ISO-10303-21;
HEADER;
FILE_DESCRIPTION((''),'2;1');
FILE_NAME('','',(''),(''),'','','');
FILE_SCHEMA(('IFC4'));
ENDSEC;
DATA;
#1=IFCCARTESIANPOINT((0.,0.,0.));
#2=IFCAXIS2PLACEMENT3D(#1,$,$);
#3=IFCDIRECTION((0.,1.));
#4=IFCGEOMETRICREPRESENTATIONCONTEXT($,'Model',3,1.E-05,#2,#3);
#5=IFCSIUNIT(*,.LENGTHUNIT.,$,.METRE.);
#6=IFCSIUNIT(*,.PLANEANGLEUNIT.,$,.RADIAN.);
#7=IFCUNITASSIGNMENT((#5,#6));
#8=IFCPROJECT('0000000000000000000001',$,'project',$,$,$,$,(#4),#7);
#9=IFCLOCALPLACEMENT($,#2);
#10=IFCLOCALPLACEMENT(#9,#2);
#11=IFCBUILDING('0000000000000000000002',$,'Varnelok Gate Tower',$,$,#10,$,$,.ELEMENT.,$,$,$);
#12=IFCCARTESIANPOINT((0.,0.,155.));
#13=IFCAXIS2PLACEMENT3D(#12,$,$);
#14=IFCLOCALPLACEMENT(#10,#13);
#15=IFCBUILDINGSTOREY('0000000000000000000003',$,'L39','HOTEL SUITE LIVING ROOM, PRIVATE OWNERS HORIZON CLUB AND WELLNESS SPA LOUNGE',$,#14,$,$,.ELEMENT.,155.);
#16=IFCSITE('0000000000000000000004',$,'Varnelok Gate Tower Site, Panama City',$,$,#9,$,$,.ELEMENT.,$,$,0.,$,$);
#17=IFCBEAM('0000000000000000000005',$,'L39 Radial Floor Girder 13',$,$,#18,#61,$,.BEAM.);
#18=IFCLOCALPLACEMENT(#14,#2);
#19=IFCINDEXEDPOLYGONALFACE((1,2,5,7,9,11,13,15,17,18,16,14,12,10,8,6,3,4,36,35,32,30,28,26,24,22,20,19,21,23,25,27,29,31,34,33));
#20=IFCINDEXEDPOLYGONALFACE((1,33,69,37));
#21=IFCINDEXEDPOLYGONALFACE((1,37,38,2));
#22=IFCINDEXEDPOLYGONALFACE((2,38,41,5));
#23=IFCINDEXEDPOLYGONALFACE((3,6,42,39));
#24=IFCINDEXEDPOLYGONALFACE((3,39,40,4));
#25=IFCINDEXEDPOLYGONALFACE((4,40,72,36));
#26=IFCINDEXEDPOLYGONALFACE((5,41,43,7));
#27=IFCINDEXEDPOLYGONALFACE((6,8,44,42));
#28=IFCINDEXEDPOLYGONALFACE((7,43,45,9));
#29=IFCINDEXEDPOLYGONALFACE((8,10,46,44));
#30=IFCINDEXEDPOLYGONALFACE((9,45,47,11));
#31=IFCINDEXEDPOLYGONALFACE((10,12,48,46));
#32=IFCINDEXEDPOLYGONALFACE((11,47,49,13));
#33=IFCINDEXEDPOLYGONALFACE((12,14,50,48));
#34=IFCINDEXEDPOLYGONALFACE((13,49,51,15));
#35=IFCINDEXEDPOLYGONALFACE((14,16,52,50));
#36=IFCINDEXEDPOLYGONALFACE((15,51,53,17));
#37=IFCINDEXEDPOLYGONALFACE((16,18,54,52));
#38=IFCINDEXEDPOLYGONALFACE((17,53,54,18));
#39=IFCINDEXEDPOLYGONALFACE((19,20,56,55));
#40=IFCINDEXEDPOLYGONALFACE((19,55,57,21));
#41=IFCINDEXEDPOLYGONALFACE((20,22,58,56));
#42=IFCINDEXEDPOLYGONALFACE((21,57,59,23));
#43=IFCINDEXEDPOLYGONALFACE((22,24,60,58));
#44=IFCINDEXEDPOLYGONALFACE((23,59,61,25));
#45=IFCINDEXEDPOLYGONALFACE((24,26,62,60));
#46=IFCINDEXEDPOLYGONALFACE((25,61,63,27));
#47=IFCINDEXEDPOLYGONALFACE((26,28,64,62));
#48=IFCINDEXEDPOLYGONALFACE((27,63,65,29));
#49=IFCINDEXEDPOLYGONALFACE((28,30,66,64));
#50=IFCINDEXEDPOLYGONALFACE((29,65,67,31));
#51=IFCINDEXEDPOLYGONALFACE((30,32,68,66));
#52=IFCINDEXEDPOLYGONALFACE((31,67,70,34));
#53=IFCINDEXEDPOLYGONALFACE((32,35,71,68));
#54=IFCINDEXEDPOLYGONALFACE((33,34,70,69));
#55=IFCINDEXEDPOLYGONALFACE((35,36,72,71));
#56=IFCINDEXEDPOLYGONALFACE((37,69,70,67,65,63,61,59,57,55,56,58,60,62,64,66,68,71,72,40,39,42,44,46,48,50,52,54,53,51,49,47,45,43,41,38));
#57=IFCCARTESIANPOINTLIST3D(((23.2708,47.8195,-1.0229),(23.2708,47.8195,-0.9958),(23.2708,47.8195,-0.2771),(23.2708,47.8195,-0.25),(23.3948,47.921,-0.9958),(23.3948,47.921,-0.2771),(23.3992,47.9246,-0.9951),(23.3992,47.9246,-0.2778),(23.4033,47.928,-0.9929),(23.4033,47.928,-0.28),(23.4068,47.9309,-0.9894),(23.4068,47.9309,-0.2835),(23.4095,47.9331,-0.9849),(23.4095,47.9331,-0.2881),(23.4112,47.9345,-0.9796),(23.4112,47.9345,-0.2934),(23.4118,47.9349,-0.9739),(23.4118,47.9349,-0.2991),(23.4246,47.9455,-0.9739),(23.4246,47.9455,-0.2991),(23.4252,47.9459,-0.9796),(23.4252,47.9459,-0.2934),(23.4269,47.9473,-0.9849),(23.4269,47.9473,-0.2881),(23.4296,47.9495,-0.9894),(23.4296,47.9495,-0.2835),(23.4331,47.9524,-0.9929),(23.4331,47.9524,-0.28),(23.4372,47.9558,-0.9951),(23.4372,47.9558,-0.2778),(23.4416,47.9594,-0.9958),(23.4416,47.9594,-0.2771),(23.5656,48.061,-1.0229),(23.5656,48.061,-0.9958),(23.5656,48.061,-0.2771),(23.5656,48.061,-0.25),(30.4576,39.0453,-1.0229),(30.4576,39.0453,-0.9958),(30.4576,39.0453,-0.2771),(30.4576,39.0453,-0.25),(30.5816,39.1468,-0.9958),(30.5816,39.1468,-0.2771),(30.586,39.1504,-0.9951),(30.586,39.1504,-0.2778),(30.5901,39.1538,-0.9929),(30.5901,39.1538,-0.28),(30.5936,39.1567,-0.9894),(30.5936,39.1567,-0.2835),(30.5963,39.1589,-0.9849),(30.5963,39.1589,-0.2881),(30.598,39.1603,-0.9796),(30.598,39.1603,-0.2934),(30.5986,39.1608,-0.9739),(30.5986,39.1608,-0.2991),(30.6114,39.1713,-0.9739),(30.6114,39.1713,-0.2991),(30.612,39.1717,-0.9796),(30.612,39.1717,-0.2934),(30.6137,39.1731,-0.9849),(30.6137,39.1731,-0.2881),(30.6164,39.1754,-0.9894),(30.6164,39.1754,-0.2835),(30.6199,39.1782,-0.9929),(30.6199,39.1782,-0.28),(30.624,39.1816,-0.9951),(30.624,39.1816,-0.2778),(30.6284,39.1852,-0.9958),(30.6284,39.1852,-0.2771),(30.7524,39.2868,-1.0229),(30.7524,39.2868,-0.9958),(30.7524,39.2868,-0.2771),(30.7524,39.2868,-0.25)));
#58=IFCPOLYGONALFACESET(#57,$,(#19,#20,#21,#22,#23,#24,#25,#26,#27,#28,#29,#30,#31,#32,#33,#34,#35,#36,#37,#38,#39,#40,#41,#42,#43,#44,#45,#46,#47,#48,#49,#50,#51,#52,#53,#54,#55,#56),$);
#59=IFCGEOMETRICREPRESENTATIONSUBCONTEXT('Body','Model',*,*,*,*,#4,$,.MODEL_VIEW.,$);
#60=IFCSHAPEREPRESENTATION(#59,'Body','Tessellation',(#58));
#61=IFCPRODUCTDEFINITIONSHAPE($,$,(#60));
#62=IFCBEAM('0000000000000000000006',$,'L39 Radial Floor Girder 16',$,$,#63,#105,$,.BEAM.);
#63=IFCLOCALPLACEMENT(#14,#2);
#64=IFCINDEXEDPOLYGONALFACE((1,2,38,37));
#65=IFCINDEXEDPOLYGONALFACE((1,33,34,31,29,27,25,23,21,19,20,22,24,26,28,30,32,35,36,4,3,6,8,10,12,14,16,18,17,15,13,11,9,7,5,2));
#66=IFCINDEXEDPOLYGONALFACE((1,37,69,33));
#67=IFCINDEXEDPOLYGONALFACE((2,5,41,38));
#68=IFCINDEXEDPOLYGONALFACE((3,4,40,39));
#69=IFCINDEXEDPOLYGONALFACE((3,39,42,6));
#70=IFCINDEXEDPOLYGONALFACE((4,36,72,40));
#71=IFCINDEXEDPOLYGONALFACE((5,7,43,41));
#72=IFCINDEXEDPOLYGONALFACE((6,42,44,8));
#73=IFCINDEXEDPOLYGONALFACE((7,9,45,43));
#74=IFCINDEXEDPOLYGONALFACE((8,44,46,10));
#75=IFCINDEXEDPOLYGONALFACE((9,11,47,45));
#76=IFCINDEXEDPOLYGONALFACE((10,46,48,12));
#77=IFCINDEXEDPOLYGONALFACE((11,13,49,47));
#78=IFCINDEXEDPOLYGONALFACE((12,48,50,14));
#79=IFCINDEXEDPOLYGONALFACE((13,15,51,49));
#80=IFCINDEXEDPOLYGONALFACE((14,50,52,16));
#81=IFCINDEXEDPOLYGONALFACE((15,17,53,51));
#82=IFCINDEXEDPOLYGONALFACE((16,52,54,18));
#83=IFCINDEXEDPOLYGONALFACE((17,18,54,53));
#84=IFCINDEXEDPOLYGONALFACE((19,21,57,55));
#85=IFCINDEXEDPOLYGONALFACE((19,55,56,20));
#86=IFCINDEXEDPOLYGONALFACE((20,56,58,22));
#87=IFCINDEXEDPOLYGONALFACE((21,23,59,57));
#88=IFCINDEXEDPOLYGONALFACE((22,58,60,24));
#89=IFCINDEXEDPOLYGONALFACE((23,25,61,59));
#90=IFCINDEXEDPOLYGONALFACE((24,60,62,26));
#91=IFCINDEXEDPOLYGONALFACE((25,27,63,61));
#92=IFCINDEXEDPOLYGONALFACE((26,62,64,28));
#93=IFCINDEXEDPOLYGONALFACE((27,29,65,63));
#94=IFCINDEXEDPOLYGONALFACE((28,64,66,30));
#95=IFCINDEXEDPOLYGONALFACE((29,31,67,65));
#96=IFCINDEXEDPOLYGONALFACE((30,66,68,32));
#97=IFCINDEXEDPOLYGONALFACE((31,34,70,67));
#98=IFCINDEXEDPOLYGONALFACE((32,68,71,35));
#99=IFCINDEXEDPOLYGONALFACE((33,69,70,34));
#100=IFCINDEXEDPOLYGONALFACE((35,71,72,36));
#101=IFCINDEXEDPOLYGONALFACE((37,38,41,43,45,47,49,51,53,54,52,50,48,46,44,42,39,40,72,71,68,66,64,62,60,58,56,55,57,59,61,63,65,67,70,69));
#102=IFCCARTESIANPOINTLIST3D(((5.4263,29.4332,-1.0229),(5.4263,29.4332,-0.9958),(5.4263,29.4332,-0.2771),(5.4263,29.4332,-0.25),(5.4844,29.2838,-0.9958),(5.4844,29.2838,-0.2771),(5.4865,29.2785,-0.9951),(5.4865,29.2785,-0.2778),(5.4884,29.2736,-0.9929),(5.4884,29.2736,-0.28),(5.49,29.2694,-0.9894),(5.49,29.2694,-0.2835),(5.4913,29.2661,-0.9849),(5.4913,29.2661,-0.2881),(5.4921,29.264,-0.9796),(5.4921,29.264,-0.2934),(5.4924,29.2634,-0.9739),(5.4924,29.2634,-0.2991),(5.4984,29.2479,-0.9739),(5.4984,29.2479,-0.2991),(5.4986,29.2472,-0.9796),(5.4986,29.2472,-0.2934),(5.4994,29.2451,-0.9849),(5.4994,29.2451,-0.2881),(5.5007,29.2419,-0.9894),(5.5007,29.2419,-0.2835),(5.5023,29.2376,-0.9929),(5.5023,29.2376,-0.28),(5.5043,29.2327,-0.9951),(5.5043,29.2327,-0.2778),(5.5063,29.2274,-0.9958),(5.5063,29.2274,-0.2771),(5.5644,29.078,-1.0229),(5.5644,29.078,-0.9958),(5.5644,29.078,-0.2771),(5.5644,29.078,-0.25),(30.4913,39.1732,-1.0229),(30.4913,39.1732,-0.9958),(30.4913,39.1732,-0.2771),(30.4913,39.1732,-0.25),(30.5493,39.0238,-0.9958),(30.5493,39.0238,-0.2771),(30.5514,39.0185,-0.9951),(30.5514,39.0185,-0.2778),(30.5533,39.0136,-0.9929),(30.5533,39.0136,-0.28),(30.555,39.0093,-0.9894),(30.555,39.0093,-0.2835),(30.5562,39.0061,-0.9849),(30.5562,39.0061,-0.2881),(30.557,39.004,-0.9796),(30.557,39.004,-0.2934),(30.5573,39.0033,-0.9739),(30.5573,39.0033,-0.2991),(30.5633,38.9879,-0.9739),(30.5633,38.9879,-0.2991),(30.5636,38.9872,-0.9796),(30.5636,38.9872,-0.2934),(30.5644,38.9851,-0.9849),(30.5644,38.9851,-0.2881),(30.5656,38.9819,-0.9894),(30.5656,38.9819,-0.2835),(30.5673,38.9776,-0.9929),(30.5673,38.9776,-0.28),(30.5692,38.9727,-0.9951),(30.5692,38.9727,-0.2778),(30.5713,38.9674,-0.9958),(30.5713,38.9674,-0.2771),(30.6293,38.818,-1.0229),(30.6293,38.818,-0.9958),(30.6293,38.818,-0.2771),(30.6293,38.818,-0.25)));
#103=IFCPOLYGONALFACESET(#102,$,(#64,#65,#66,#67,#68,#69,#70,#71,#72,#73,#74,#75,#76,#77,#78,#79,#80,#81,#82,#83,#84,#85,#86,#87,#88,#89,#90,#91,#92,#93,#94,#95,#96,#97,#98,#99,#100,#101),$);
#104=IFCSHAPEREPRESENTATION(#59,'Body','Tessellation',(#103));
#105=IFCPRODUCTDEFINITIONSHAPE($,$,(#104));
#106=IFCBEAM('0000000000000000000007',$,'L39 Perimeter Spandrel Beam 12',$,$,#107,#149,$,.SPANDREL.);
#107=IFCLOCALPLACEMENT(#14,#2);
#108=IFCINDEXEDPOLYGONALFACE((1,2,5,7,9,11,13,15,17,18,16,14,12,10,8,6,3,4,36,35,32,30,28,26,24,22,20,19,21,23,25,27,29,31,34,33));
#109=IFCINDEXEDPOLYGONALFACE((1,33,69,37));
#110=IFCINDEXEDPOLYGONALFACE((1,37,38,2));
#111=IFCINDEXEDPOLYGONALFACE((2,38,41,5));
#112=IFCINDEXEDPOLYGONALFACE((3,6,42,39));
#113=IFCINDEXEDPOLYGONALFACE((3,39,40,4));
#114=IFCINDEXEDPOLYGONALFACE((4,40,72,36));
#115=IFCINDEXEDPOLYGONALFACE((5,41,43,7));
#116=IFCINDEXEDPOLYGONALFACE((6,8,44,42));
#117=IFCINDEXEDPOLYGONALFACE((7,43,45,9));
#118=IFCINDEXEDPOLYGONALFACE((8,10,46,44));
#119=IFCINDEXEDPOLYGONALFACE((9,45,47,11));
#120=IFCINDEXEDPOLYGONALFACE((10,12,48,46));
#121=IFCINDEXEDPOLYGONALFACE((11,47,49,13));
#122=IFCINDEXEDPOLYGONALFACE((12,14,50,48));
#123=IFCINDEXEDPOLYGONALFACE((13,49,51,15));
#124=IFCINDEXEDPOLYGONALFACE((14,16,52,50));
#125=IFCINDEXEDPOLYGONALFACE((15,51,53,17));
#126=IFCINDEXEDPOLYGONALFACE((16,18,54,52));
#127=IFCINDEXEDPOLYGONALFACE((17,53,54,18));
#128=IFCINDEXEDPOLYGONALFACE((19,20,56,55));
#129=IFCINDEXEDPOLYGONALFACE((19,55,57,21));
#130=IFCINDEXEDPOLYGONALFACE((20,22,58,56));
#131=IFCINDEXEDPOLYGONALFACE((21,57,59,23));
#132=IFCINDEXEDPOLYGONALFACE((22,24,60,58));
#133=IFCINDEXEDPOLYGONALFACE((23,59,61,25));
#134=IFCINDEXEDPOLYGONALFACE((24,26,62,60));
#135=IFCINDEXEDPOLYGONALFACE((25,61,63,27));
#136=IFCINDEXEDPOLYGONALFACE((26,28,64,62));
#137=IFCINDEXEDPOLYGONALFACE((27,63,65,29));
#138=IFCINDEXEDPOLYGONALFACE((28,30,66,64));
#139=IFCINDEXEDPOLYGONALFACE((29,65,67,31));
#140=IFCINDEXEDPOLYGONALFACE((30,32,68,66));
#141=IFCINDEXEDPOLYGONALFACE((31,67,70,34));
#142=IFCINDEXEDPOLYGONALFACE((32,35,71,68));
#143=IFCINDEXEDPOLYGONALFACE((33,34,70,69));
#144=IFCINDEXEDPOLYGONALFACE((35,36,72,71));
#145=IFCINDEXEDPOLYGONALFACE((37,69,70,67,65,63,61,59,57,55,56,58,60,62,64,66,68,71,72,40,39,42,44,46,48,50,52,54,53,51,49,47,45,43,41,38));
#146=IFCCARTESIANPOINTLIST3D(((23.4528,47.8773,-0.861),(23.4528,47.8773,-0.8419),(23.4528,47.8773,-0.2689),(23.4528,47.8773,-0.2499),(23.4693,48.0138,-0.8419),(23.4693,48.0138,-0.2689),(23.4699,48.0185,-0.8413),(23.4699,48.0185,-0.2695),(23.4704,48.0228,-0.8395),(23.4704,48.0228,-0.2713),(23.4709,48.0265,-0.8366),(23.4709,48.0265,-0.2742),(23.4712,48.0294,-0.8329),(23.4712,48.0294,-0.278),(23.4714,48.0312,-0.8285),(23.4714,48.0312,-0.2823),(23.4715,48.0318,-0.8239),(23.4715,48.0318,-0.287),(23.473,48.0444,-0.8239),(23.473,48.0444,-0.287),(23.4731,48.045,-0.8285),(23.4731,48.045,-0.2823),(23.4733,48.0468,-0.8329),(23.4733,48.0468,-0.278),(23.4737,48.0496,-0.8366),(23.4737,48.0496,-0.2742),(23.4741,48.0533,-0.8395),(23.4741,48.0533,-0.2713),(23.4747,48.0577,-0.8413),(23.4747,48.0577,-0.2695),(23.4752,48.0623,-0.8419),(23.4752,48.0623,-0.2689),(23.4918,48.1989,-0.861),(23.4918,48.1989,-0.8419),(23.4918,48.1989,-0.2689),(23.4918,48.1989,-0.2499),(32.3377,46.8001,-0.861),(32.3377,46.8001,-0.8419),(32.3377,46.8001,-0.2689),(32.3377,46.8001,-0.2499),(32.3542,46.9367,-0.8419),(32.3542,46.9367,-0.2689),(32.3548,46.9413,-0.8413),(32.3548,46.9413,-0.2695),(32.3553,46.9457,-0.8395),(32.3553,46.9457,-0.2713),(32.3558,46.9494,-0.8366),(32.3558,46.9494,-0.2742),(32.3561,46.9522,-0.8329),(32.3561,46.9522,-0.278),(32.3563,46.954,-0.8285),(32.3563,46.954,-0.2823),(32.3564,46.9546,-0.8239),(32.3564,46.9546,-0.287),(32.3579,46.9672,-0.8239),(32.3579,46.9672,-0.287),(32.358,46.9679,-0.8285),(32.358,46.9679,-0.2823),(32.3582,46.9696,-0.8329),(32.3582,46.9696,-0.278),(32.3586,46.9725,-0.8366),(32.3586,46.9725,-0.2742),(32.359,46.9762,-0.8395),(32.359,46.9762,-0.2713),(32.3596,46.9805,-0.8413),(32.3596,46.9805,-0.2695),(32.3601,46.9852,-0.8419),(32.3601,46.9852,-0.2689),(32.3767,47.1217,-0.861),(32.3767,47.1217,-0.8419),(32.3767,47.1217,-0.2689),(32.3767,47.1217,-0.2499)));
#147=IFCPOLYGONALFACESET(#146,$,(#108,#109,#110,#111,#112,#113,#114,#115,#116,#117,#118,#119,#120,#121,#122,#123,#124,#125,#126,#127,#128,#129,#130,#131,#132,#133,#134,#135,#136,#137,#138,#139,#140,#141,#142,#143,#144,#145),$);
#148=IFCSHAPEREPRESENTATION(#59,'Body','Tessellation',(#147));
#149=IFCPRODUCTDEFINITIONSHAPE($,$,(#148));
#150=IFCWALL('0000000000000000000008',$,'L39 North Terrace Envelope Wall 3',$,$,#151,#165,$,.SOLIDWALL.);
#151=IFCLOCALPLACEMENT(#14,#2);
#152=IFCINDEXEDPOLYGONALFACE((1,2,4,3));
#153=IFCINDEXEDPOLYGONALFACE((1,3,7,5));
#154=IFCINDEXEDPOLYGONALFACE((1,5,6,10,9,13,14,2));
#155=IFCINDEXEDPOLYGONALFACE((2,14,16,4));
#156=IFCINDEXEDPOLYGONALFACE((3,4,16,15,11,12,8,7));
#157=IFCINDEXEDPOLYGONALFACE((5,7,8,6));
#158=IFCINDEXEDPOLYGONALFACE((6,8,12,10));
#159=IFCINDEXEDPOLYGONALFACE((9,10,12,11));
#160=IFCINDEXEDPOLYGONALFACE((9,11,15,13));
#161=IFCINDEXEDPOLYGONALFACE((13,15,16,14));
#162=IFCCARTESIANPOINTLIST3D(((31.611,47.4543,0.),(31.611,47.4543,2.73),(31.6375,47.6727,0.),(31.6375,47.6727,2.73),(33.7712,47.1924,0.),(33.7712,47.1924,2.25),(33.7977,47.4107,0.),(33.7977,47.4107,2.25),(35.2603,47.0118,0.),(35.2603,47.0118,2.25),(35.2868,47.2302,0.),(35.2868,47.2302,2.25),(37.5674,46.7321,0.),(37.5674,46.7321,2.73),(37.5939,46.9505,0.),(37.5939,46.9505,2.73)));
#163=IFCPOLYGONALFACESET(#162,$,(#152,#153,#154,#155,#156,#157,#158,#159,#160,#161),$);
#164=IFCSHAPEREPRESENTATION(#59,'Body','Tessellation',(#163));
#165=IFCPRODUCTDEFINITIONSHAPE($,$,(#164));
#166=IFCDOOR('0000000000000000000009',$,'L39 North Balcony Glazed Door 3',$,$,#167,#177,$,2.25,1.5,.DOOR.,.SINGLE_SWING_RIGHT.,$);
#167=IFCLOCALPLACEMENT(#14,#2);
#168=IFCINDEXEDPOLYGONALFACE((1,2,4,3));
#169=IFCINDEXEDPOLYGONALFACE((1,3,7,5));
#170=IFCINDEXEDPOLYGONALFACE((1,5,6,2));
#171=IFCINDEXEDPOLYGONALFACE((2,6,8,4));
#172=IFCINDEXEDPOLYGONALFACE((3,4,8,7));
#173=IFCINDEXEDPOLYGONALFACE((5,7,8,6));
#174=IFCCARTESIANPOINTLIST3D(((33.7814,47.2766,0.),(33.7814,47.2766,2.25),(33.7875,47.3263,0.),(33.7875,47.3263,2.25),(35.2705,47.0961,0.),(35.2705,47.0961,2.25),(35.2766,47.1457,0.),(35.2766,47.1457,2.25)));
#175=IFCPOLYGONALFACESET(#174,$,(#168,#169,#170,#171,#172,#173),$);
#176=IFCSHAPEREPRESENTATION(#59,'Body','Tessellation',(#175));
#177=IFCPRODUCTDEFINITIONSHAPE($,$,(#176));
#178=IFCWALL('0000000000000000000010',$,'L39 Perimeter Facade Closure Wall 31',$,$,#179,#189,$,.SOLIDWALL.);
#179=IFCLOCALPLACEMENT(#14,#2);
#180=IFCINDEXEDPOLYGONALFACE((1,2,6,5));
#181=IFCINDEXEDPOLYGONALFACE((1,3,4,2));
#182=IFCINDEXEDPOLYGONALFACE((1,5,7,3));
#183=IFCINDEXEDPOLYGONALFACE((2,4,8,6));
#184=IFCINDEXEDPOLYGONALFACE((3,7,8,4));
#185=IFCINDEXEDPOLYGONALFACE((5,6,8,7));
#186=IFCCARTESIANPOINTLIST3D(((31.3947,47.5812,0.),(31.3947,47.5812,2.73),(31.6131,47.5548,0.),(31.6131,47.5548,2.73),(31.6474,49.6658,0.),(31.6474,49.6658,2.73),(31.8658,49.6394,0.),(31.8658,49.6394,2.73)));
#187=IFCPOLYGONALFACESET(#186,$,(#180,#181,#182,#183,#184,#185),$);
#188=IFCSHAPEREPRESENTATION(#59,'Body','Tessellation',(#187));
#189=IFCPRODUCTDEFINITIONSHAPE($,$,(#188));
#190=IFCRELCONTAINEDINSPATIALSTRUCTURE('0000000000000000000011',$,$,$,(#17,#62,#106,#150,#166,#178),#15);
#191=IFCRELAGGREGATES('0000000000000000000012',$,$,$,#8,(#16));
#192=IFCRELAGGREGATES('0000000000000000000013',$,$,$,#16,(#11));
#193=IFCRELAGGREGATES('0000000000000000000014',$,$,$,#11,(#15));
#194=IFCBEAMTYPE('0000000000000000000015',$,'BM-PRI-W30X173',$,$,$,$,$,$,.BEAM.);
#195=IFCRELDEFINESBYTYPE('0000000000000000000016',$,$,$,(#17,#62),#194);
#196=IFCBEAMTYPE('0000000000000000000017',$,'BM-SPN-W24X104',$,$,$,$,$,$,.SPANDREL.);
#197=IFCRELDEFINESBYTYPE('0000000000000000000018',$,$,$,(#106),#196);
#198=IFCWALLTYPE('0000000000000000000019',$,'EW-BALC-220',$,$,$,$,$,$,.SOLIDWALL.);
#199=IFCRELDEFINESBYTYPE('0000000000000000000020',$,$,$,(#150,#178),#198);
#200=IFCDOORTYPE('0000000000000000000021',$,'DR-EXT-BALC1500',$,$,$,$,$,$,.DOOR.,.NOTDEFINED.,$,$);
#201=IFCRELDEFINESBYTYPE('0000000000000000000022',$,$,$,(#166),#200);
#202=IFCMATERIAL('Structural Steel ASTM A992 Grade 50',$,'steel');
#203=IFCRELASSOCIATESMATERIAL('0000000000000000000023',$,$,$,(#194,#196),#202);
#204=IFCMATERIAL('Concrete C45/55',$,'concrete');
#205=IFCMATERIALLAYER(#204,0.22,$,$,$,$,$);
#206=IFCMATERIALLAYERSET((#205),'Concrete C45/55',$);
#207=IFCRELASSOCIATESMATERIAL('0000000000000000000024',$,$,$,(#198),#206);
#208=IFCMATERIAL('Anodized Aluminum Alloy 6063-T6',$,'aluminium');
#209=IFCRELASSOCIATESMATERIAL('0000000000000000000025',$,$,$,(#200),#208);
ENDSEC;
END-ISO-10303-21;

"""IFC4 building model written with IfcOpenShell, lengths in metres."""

from ifc_helpers import new_model, si_unit, direction, frame, frame_2d, origin, origin_2d, place, context, subcontext, project, spatial, rectangle, i_section, extrude, material, layer, layer_set, material_profile, profile_set, type_object, element, fill, save


model = new_model("IFC4")

# Units and contexts
model_context = context("Model", 3, precision=1e-05, world=origin(), true_north=direction((0.0, 1.0)))
body_context = subcontext(model_context, "Body", "Model", "MODEL_VIEW")
ifc_project = project(units=[si_unit("LENGTHUNIT", "METRE"), si_unit("PLANEANGLEUNIT", "RADIAN")], contexts=[model_context])

# Site, building, storey
site_placement = place(None, origin())
site = spatial("IfcSite", under=ifc_project, at=site_placement, Name="Varnelok Gate Tower Site, Panama City", CompositionType="ELEMENT", RefElevation=0.0)
building_placement = place(site_placement, origin())
building = spatial("IfcBuilding", under=site, at=building_placement, Name="Varnelok Gate Tower", CompositionType="ELEMENT")
storey_placement = place(building_placement, frame((0.0, 0.0, 155.0)))
storey = spatial("IfcBuildingStorey", under=building, at=storey_placement, Name="L39", Description="HOTEL SUITE LIVING ROOM, PRIVATE OWNERS HORIZON CLUB AND WELLNESS SPA LOUNGE", CompositionType="ELEMENT", Elevation=155.0)

# Shared definitions
ifc_material_1 = material(Name="Structural Steel ASTM A992 Grade 50", Category="steel")

# Beams
ifc_material_profile_1 = material_profile(ifc_material_1, i_section(OverallWidth=0.3811, OverallDepth=0.7729, WebThickness=0.0166, FlangeThickness=0.0271, FilletRadius=0.022, at=origin_2d()), Name="W30X173")
ifc_profile_set_1 = profile_set([ifc_material_profile_1], Name="Structural Steel ASTM A992 Grade 50")
beam_type_1 = type_object("IfcBeamType", Name="BM-PRI-W30X173", PredefinedType="BEAM", material=ifc_profile_set_1)
beam_1_placement = place(storey_placement, frame((30.605, 39.166, -0.6365), z_axis=(-0.633655, 0.773616, 0.0), x_axis=(-0.773616, -0.633655, 0.0)))
element("IfcBeam", 1, at=beam_1_placement, inside=storey, type_object=beam_type_1, Name="L39 Radial Floor Girder 13", PredefinedType="BEAM", context=body_context, shape_type="SweptSolid", body=[
    extrude(i_section(OverallWidth=0.3811, OverallDepth=0.7729, WebThickness=0.0166, FlangeThickness=0.0271, FilletRadius=0.022, at=origin_2d()), origin(), (0.0, 0.0, 1.0), 11.3418),
])
beam_2_placement = place(storey_placement, frame((30.5603, 38.9956, -0.6365), z_axis=(-0.932099, -0.362204, 0.0), x_axis=(0.362204, -0.932099, 0.0)))
element("IfcBeam", 2, at=beam_2_placement, inside=storey, type_object=beam_type_1, Name="L39 Radial Floor Girder 16", PredefinedType="BEAM", context=body_context, shape_type="SweptSolid", body=[
    extrude(i_section(OverallWidth=0.3811, OverallDepth=0.7729, WebThickness=0.0166, FlangeThickness=0.0271, FilletRadius=0.022, at=origin_2d()), origin(), (0.0, 0.0, 1.0), 26.8909),
])
ifc_material_profile_2 = material_profile(ifc_material_1, i_section(OverallWidth=0.324, OverallDepth=0.6111, WebThickness=0.0127, FlangeThickness=0.019, FilletRadius=0.0181, at=origin_2d()), Name="W24X104")
ifc_profile_set_2 = profile_set([ifc_material_profile_2], Name="Structural Steel ASTM A992 Grade 50")
beam_type_2 = type_object("IfcBeamType", Name="BM-SPN-W24X104", PredefinedType="SPANDREL", material=ifc_profile_set_2)
beam_3_placement = place(storey_placement, frame((32.3572, 46.9609, -0.5554), z_axis=(-0.992731, 0.120351, 0.0), x_axis=(-0.120351, -0.992731, 0.0)))
element("IfcBeam", 3, at=beam_3_placement, inside=storey, type_object=beam_type_2, Name="L39 Perimeter Spandrel Beam 12", PredefinedType="SPANDREL", context=body_context, shape_type="SweptSolid", body=[
    extrude(i_section(OverallWidth=0.324, OverallDepth=0.6111, WebThickness=0.0127, FlangeThickness=0.019, FilletRadius=0.0181, at=origin_2d()), origin(), (0.0, 0.0, 1.0), 8.95),
])

# Wall, opening, door
ifc_material_2 = material(Name="Concrete C45/55", Category="concrete")
ifc_layer_1 = layer(ifc_material_2, 0.22)
ifc_layer_set_1 = layer_set([ifc_layer_1], Name="Concrete C45/55")
wall_type_1 = type_object("IfcWallType", Name="EW-BALC-220", PredefinedType="SOLIDWALL", material=ifc_layer_set_1)
wall_1_placement = place(storey_placement, frame((31.6243, 47.5635, 0.0), z_axis=(0.0, 0.0, 1.0), x_axis=(0.99273, -0.120363, 0.0)))
wall_1 = element("IfcWall", 4, at=wall_1_placement, inside=storey, type_object=wall_type_1, Name="L39 North Terrace Envelope Wall 3", PredefinedType="SOLIDWALL", context=body_context, shape_type="SweptSolid", body=[
    extrude(rectangle(XDim=6.0, YDim=0.22, at=frame_2d((3.0, 0.0))), origin(), (0.0, 0.0, 1.0), 2.73),
])
opening_1_placement = place(wall_1_placement, frame((2.176, 0.0, 0.0)))
opening_1 = element("IfcOpeningElement", 5, at=opening_1_placement, cuts=wall_1, PredefinedType="OPENING", context=body_context, shape_type="SweptSolid", body=[
    extrude(rectangle(XDim=1.5, YDim=2.25, at=frame_2d((0.75, 1.125))), frame((0.0, 0.1199, 0.0), z_axis=(0.0, -1.0, 0.0), x_axis=(1.0, 0.0, 0.0)), (0.0, 0.0, 1.0), 0.24),
])
ifc_material_3 = material(Name="Anodized Aluminum Alloy 6063-T6", Category="aluminium")
door_type_1 = type_object("IfcDoorType", Name="DR-EXT-BALC1500", OperationType="NOTDEFINED", PredefinedType="DOOR", material=ifc_material_3)
door_1_placement = place(opening_1_placement, origin())
door_1 = element("IfcDoor", 6, at=door_1_placement, inside=storey, type_object=door_type_1, Name="L39 North Balcony Glazed Door 3", OperationType="SINGLE_SWING_RIGHT", OverallHeight=2.25, OverallWidth=1.5, PredefinedType="DOOR", context=body_context, shape_type="SweptSolid", body=[
    extrude(rectangle(XDim=1.5, YDim=2.25, at=frame_2d((0.75, 1.125))), frame((0.0, 0.0249, 0.0), z_axis=(0.0, -1.0, 0.0), x_axis=(1.0, 0.0, 0.0)), (0.0, 0.0, 1.0), 0.05),
])
fill(opening_1, door_1)

# Wall
wall_2_placement = place(storey_placement, frame((31.5039, 47.5681, 0.0), z_axis=(0.0, 0.0, 1.0), x_axis=(0.120342, 0.992733, 0.0)))
element("IfcWall", 7, at=wall_2_placement, inside=storey, type_object=wall_type_1, Name="L39 Perimeter Facade Closure Wall 31", PredefinedType="SOLIDWALL", context=body_context, shape_type="SweptSolid", body=[
    extrude(rectangle(XDim=2.0999, YDim=0.22, at=frame_2d((1.0498, 0.0))), origin(), (0.0, 0.0, 1.0), 2.73),
])

save(model, "model.ifc")
